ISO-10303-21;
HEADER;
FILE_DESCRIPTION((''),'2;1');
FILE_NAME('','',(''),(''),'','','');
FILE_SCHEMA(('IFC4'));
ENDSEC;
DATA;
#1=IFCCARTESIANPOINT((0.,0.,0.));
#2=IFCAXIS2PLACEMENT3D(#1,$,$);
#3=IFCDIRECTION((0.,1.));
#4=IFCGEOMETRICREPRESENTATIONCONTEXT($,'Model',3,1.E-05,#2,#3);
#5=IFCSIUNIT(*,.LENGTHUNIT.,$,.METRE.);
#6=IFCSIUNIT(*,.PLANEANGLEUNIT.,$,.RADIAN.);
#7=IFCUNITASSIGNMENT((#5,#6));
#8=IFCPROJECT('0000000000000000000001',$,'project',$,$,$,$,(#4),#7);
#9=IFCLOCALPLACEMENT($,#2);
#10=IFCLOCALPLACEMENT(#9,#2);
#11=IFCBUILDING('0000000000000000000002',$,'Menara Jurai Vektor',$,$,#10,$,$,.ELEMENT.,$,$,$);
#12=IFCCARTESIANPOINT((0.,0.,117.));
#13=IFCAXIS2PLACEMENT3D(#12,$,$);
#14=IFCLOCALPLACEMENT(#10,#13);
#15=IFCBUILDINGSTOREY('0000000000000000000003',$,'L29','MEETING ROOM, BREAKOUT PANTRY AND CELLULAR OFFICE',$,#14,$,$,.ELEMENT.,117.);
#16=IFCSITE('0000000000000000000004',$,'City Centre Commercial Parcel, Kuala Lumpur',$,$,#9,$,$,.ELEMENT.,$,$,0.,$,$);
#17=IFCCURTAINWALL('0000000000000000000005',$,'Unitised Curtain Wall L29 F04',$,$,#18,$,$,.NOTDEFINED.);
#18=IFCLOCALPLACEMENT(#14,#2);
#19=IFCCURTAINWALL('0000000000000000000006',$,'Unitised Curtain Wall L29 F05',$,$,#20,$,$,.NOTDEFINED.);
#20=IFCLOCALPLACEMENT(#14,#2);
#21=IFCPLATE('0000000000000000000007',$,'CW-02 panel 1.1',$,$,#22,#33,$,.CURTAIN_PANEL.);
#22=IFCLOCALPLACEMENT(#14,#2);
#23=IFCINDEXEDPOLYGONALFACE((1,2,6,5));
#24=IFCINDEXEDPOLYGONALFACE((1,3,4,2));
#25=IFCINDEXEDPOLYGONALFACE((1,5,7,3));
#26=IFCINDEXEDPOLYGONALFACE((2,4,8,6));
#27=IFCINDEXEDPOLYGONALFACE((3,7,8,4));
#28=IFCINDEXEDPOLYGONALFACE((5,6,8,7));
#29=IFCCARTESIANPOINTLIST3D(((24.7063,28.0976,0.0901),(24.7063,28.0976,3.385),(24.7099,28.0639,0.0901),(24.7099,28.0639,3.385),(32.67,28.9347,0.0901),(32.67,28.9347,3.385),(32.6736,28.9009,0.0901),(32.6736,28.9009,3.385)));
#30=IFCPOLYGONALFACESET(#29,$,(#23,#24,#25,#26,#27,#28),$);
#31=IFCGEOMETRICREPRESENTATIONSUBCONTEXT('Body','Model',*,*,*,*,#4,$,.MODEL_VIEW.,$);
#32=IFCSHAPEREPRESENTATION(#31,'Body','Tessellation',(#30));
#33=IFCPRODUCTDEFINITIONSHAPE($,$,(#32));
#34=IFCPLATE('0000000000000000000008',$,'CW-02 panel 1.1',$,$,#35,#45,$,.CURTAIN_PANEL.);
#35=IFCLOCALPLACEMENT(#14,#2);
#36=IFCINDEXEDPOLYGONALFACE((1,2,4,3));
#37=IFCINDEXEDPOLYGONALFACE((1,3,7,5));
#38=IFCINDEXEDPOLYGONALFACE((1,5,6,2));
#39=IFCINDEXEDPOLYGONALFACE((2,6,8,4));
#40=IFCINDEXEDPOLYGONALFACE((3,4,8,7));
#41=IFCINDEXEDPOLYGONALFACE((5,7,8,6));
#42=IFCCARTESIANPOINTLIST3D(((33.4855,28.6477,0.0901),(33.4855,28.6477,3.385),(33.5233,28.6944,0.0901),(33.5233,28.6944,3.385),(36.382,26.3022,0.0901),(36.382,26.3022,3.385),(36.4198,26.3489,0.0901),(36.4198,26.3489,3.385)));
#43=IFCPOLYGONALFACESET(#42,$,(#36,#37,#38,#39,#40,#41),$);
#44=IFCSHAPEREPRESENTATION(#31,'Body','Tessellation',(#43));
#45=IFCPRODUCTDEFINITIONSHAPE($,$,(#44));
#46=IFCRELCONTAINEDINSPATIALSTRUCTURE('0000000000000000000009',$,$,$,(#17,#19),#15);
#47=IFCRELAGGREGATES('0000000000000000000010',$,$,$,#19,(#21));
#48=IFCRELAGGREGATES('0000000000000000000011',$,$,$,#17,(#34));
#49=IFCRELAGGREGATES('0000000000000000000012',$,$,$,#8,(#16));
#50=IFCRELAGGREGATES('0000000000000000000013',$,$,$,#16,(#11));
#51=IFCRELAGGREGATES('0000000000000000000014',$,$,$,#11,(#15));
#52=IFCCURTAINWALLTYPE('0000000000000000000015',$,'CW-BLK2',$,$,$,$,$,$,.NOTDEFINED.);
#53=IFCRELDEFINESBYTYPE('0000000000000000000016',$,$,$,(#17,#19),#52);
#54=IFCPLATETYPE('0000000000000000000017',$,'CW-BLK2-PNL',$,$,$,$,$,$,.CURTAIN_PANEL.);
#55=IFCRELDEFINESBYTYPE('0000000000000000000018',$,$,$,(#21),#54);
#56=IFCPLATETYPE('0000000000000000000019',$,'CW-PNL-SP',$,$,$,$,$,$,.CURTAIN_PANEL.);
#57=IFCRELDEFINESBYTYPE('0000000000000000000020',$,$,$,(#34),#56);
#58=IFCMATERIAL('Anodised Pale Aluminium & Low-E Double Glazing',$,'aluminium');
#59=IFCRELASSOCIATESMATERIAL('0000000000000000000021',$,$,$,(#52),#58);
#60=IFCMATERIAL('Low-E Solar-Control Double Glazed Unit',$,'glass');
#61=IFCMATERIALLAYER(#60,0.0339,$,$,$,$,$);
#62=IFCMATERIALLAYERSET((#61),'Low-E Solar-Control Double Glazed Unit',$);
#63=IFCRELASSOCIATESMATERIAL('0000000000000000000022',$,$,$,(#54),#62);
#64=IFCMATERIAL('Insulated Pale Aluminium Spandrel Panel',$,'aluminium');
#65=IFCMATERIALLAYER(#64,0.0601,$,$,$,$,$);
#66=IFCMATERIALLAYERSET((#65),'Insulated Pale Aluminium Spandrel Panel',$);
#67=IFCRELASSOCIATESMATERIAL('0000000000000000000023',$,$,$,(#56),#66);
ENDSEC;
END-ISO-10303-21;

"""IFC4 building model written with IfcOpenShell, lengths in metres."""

from ifc_helpers import new_model, si_unit, direction, frame, origin, origin_2d, place, context, subcontext, project, spatial, rectangle, extrude, material, layer, layer_set, type_object, element, aggregate, save


model = new_model("IFC4")

# Units and contexts
model_context = context("Model", 3, precision=1e-05, world=origin(), true_north=direction((0.0, 1.0)))
body_context = subcontext(model_context, "Body", "Model", "MODEL_VIEW")
ifc_project = project(units=[si_unit("LENGTHUNIT", "METRE"), si_unit("PLANEANGLEUNIT", "RADIAN")], contexts=[model_context])

# Site, building, storey
site_placement = place(None, origin())
site = spatial("IfcSite", under=ifc_project, at=site_placement, Name="City Centre Commercial Parcel, Kuala Lumpur", CompositionType="ELEMENT", RefElevation=0.0)
building_placement = place(site_placement, origin())
building = spatial("IfcBuilding", under=site, at=building_placement, Name="Menara Jurai Vektor", CompositionType="ELEMENT")
storey_placement = place(building_placement, frame((0.0, 0.0, 117.0)))
storey = spatial("IfcBuildingStorey", under=building, at=storey_placement, Name="L29", Description="MEETING ROOM, BREAKOUT PANTRY AND CELLULAR OFFICE", CompositionType="ELEMENT", Elevation=117.0)

# Shared definitions
ifc_material_1 = material(Name="Anodised Pale Aluminium & Low-E Double Glazing", Category="aluminium")
curtain_wall_type = type_object("IfcCurtainWallType", Name="CW-BLK2", PredefinedType="NOTDEFINED", material=ifc_material_1)

# Curtain walls
curtain_wall_1_placement = place(storey_placement, origin())
curtain_wall_1 = element("IfcCurtainWall", 1, at=curtain_wall_1_placement, inside=storey, type_object=curtain_wall_type, Name="Unitised Curtain Wall L29 F04", PredefinedType="NOTDEFINED")
curtain_wall_2_placement = place(storey_placement, origin())
curtain_wall_2 = element("IfcCurtainWall", 2, at=curtain_wall_2_placement, inside=storey, type_object=curtain_wall_type, Name="Unitised Curtain Wall L29 F05", PredefinedType="NOTDEFINED")

# Plates
ifc_material_2 = material(Name="Low-E Solar-Control Double Glazed Unit", Category="glass")
ifc_layer_1 = layer(ifc_material_2, 0.0339)
ifc_layer_set_1 = layer_set([ifc_layer_1], Name="Low-E Solar-Control Double Glazed Unit")
plate_type_1 = type_object("IfcPlateType", Name="CW-BLK2-PNL", PredefinedType="CURTAIN_PANEL", material=ifc_layer_set_1)
plate_1_placement = place(storey_placement, frame((28.6899, 28.4993, 0.0901), z_axis=(0.0, 0.0, 1.0), x_axis=(-0.994522, -0.104529, 0.0)))
plate_1 = element("IfcPlate", 3, at=plate_1_placement, type_object=plate_type_1, Name="CW-02 panel 1.1", PredefinedType="CURTAIN_PANEL", context=body_context, shape_type="SweptSolid", body=[
    extrude(rectangle(XDim=8.0076, YDim=0.0339, at=origin_2d()), origin(), (0.0, 0.0, 1.0), 3.2949),
])
aggregate(curtain_wall_2, [plate_1])
ifc_material_3 = material(Name="Insulated Pale Aluminium Spandrel Panel", Category="aluminium")
ifc_layer_2 = layer(ifc_material_3, 0.0601)
ifc_layer_set_2 = layer_set([ifc_layer_2], Name="Insulated Pale Aluminium Spandrel Panel")
plate_type_2 = type_object("IfcPlateType", Name="CW-PNL-SP", PredefinedType="CURTAIN_PANEL", material=ifc_layer_set_2)
plate_2_placement = place(storey_placement, frame((34.9526, 27.4983, 0.0901), z_axis=(0.0, 0.0, 1.0), x_axis=(-0.777152, 0.629313, 0.0)))
plate_2 = element("IfcPlate", 4, at=plate_2_placement, type_object=plate_type_2, Name="CW-02 panel 1.1", PredefinedType="CURTAIN_PANEL", context=body_context, shape_type="SweptSolid", body=[
    extrude(rectangle(XDim=3.7271, YDim=0.0601, at=origin_2d()), origin(), (0.0, 0.0, 1.0), 3.2949),
])
aggregate(curtain_wall_1, [plate_2])

save(model, "model.ifc")
